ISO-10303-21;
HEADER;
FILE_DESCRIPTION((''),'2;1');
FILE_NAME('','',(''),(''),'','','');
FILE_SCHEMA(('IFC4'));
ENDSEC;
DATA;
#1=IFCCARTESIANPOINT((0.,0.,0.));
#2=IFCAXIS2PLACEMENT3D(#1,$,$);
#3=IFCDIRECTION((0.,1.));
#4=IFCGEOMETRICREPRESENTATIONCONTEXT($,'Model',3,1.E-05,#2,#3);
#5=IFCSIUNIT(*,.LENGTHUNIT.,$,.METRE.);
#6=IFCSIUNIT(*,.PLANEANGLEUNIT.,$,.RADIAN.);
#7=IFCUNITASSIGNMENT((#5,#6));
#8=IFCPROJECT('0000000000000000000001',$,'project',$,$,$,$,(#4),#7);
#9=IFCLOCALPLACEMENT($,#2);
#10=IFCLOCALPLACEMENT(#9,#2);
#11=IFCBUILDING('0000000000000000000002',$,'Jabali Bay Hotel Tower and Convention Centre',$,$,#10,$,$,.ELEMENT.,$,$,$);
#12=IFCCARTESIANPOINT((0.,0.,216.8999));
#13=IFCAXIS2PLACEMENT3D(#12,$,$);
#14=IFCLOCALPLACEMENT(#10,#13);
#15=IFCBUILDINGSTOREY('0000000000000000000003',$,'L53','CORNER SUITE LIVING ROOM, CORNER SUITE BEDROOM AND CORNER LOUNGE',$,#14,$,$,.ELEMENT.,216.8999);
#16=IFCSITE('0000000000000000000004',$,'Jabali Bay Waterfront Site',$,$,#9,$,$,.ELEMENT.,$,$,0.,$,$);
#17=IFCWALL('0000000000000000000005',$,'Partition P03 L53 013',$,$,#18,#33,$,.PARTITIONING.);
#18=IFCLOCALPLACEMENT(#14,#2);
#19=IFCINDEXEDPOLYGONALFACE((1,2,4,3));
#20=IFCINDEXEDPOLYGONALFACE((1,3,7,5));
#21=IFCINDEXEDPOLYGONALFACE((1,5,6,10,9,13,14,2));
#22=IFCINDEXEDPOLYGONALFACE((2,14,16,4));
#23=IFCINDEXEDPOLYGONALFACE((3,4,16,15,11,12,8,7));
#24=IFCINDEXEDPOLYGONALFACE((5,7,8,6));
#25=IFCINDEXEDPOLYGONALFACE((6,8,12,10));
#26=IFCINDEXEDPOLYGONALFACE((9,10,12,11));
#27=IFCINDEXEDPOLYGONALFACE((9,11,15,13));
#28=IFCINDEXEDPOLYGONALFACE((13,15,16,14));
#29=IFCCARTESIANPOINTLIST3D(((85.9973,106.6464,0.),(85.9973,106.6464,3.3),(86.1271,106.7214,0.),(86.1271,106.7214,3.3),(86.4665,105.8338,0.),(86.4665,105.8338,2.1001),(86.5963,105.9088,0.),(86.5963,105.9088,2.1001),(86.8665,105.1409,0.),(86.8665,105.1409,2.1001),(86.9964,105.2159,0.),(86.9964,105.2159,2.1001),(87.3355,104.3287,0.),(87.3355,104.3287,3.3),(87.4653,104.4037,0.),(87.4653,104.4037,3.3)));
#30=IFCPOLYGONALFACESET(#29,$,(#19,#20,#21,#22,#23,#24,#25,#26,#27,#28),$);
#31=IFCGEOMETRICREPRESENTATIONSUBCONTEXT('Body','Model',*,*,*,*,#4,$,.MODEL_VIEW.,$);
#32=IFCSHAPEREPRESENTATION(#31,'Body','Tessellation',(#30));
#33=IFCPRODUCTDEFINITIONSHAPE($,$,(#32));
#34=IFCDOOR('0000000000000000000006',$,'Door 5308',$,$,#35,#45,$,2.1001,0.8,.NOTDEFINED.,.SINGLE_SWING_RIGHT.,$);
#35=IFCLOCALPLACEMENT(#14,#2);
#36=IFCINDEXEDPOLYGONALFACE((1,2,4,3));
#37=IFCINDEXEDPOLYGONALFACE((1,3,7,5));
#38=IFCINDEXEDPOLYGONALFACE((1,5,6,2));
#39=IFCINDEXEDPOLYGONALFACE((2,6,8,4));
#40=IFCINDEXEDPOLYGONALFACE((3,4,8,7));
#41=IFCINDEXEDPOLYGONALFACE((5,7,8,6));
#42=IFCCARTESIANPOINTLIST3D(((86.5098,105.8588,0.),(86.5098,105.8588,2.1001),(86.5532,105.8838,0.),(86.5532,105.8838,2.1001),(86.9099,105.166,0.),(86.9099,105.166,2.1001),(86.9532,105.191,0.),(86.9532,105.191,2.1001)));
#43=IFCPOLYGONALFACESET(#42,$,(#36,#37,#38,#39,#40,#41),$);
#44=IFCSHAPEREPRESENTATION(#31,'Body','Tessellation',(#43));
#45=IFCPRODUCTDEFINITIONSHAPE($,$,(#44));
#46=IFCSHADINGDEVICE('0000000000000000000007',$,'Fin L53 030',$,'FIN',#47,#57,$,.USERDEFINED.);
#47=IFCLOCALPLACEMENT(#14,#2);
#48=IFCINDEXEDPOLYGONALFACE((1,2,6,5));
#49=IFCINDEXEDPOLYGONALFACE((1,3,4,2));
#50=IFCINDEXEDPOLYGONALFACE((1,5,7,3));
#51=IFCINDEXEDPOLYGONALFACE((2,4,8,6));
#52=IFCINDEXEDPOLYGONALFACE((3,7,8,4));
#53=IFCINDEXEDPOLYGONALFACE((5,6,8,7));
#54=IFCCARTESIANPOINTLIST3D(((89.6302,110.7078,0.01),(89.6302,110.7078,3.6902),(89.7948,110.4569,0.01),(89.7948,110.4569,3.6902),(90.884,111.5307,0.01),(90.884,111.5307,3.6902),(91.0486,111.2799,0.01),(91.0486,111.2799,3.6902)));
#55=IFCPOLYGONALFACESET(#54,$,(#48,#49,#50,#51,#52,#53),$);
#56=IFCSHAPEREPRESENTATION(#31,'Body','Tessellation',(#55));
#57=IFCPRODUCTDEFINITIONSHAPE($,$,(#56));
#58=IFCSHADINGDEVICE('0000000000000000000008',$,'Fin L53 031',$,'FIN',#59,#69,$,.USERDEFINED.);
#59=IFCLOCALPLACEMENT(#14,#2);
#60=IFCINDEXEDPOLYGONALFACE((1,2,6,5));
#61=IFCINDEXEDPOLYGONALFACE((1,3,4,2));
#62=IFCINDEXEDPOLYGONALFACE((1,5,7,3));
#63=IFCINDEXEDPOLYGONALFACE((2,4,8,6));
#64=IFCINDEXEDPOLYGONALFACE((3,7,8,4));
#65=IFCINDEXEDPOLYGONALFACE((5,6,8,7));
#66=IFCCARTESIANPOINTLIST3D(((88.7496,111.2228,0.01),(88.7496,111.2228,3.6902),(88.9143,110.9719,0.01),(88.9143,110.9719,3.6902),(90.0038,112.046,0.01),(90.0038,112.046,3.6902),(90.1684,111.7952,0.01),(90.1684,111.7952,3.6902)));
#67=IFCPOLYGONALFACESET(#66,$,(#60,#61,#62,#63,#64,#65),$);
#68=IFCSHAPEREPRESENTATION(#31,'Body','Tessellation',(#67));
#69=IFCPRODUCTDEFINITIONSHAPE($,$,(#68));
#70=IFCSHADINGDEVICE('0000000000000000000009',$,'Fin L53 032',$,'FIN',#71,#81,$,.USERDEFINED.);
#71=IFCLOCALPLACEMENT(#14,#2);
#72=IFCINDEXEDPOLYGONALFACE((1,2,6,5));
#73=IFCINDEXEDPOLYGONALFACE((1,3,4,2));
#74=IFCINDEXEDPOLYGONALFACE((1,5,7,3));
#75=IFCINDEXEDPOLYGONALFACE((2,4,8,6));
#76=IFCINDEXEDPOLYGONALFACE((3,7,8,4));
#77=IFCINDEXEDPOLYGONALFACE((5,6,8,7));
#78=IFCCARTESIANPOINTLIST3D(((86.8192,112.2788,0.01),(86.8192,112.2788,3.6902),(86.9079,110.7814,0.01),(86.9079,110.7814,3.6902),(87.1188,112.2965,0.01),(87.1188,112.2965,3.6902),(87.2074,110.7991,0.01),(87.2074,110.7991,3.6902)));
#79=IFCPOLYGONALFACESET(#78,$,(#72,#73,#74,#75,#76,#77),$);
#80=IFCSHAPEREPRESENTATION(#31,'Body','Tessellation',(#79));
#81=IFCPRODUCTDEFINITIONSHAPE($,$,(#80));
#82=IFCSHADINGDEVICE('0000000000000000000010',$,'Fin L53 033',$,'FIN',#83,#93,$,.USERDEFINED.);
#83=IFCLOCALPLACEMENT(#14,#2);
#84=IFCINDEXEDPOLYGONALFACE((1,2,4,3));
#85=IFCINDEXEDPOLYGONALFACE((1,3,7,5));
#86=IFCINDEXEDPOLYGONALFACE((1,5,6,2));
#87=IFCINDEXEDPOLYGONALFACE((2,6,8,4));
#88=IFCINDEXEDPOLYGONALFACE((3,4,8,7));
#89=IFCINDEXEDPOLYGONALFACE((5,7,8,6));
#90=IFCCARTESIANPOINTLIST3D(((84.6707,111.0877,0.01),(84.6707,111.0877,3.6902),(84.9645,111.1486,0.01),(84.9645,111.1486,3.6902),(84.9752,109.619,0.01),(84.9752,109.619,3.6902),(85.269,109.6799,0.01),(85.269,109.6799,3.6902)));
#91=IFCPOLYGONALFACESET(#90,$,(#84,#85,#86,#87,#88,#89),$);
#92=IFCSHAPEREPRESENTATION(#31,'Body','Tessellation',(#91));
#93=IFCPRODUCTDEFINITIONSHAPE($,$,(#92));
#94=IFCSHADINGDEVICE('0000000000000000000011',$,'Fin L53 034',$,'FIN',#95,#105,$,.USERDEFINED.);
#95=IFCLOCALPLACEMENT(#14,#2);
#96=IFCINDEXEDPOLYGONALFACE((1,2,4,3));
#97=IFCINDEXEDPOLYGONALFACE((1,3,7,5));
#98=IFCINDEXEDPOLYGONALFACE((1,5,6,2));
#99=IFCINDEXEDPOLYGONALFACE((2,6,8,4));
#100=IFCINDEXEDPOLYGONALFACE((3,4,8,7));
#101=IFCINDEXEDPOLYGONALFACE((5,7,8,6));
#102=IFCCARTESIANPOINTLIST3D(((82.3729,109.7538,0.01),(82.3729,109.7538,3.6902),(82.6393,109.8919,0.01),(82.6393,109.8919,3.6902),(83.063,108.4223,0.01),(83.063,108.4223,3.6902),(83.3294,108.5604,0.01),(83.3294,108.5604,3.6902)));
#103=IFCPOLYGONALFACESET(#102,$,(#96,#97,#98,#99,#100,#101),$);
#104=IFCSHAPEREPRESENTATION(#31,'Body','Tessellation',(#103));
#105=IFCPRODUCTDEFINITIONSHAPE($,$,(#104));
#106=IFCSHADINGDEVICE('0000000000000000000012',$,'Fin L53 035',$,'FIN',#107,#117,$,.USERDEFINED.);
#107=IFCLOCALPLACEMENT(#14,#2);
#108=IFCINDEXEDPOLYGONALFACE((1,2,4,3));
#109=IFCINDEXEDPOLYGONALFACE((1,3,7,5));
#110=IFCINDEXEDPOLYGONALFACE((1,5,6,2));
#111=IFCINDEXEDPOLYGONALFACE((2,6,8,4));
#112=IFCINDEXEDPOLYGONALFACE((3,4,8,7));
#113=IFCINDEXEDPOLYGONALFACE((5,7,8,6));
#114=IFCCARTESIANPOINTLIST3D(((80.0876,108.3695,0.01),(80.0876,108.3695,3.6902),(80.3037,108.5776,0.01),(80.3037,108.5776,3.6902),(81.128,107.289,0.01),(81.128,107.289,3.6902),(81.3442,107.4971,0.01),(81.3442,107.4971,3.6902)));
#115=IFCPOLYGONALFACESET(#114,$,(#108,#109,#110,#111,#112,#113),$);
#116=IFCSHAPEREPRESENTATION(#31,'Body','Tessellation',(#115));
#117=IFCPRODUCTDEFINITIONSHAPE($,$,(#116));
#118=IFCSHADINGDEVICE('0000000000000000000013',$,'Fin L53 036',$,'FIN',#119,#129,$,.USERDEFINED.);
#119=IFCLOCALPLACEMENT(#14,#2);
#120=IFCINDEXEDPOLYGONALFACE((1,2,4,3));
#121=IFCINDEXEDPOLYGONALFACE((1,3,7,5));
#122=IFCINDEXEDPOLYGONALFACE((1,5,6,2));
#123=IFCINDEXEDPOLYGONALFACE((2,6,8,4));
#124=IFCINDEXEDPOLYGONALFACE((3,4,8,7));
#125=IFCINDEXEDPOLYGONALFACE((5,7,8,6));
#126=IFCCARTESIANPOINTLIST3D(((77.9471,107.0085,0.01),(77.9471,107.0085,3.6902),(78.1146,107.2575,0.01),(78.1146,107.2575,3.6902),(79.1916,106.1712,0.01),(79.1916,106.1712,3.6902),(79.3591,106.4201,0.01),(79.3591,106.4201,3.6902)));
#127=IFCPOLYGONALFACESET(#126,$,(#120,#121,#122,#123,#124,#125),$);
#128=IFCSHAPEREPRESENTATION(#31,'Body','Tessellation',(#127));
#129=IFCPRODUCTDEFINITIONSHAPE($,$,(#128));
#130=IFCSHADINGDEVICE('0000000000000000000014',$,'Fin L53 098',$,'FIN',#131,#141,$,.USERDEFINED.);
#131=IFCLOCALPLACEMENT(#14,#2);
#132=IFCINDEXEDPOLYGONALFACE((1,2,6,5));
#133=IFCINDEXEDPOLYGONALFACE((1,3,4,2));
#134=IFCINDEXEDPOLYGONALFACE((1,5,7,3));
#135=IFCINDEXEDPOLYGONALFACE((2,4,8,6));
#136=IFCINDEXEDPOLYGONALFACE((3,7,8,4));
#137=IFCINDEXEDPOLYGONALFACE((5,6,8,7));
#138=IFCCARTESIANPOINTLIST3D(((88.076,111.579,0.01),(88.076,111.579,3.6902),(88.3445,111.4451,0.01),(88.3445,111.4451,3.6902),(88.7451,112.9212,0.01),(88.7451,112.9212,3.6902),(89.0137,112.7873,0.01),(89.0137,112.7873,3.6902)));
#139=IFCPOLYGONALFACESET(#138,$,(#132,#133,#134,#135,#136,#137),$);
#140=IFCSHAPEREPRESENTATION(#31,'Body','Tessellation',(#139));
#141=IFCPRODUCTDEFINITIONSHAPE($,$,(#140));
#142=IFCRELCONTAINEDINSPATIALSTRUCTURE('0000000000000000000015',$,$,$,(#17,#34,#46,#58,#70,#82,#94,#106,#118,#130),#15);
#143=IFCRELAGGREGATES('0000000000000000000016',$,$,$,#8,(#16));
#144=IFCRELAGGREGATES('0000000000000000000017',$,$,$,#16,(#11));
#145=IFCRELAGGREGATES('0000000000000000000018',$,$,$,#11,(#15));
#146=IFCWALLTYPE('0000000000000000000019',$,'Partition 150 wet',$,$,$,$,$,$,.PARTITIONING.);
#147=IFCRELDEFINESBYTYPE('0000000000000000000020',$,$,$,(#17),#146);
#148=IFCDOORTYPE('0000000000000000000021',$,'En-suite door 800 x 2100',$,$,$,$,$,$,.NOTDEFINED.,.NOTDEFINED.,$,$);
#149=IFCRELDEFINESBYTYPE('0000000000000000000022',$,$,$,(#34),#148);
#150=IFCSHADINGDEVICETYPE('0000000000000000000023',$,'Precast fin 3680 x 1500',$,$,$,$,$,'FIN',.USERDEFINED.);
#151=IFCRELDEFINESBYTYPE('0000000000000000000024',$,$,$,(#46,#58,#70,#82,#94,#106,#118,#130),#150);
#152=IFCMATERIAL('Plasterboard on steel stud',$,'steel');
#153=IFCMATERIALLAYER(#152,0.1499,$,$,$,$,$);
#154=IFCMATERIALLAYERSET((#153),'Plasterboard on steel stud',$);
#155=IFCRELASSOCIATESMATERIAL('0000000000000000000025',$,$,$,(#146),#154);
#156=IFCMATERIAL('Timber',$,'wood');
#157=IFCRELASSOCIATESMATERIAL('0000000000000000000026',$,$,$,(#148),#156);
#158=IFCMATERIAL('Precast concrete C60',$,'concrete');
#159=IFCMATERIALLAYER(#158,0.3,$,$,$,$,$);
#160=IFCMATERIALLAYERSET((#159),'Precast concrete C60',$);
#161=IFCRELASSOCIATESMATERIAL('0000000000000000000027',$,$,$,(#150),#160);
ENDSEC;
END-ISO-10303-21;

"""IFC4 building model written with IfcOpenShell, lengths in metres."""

from ifc_helpers import new_model, si_unit, direction, frame, frame_2d, origin, place, context, subcontext, project, spatial, rectangle, extrude, material, layer, layer_set, type_object, element, fill, save


model = new_model("IFC4")

# Units and contexts
model_context = context("Model", 3, precision=1e-05, world=origin(), true_north=direction((0.0, 1.0)))
body_context = subcontext(model_context, "Body", "Model", "MODEL_VIEW")
ifc_project = project(units=[si_unit("LENGTHUNIT", "METRE"), si_unit("PLANEANGLEUNIT", "RADIAN")], contexts=[model_context])

# Site, building, storey
site_placement = place(None, origin())
site = spatial("IfcSite", under=ifc_project, at=site_placement, Name="Jabali Bay Waterfront Site", CompositionType="ELEMENT", RefElevation=0.0)
building_placement = place(site_placement, origin())
building = spatial("IfcBuilding", under=site, at=building_placement, Name="Jabali Bay Hotel Tower and Convention Centre", CompositionType="ELEMENT")
storey_placement = place(building_placement, frame((0.0, 0.0, 216.8999)))
storey = spatial("IfcBuildingStorey", under=building, at=storey_placement, Name="L53", Description="CORNER SUITE LIVING ROOM, CORNER SUITE BEDROOM AND CORNER LOUNGE", CompositionType="ELEMENT", Elevation=216.8999)

# Shared definitions
ifc_material_1 = material(Name="Plasterboard on steel stud", Category="steel")
ifc_layer_1 = layer(ifc_material_1, 0.1499)
ifc_layer_set_1 = layer_set([ifc_layer_1], Name="Plasterboard on steel stud")
wall_type_1 = type_object("IfcWallType", Name="Partition 150 wet", PredefinedType="PARTITIONING", material=ifc_layer_set_1)

# Wall, opening, door
wall_1_placement = place(storey_placement, frame((87.4004, 104.3662, 0.0), z_axis=(0.0, 0.0, 1.0), x_axis=(-0.500015, 0.866017, 0.0)))
wall_1 = element("IfcWall", 1, at=wall_1_placement, inside=storey, type_object=wall_type_1, Name="Partition P03 L53 013", PredefinedType="PARTITIONING", context=body_context, shape_type="SweptSolid", body=[
    extrude(rectangle(XDim=2.6763, YDim=0.1499, at=frame_2d((1.3381, 0.0))), origin(), (0.0, 0.0, 1.0), 3.3),
])
opening_1_placement = place(wall_1_placement, frame((0.938, 0.0, 0.0)))
opening_1 = element("IfcOpeningElement", 2, at=opening_1_placement, cuts=wall_1, PredefinedType="OPENING", context=body_context, shape_type="SweptSolid", body=[
    extrude(rectangle(XDim=0.8, YDim=2.1001, at=frame_2d((0.3999, 1.05))), frame((0.0, 0.0854, 0.0), z_axis=(0.0, -1.0, 0.0), x_axis=(1.0, 0.0, 0.0)), (0.0, 0.0, 1.0), 0.1709),
])
ifc_material_2 = material(Name="Timber", Category="wood")
door_type = type_object("IfcDoorType", Name="En-suite door 800 x 2100", OperationType="NOTDEFINED", PredefinedType="NOTDEFINED", material=ifc_material_2)
door_placement = place(opening_1_placement, origin())
door = element("IfcDoor", 3, at=door_placement, inside=storey, type_object=door_type, Name="Door 5308", OperationType="SINGLE_SWING_RIGHT", OverallHeight=2.1001, OverallWidth=0.8, PredefinedType="NOTDEFINED", context=body_context, shape_type="SweptSolid", body=[
    extrude(rectangle(XDim=0.8, YDim=2.1001, at=frame_2d((0.3999, 1.05))), frame((0.0, 0.0249, 0.0), z_axis=(0.0, -1.0, 0.0), x_axis=(1.0, 0.0, 0.0)), (0.0, 0.0, 1.0), 0.05),
])
fill(opening_1, door)

# Shading devices
ifc_material_3 = material(Name="Precast concrete C60", Category="concrete")
ifc_layer_2 = layer(ifc_material_3, 0.3)
ifc_layer_set_2 = layer_set([ifc_layer_2], Name="Precast concrete C60")
shading_device_type = type_object("IfcShadingDeviceType", Name="Precast fin 3680 x 1500", ElementType="FIN", PredefinedType="USERDEFINED", material=ifc_layer_set_2)
shading_device_1_placement = place(storey_placement, frame((89.7124, 110.5823, 0.01), z_axis=(0.0, 0.0, 1.0), x_axis=(0.836011, 0.548713, 0.0)))
element("IfcShadingDevice", 4, at=shading_device_1_placement, inside=storey, type_object=shading_device_type, Name="Fin L53 030", ObjectType="FIN", PredefinedType="USERDEFINED", context=body_context, shape_type="SweptSolid", body=[
    extrude(rectangle(XDim=1.4998, YDim=0.3, at=frame_2d((0.75, 0.0))), origin(), (0.0, 0.0, 1.0), 3.6802),
])
shading_device_2_placement = place(storey_placement, frame((88.832, 111.0974, 0.01), z_axis=(0.0, 0.0, 1.0), x_axis=(0.835985, 0.548752, 0.0)))
element("IfcShadingDevice", 5, at=shading_device_2_placement, inside=storey, type_object=shading_device_type, Name="Fin L53 031", ObjectType="FIN", PredefinedType="USERDEFINED", context=body_context, shape_type="SweptSolid", body=[
    extrude(rectangle(XDim=1.5002, YDim=0.3, at=frame_2d((0.75, 0.0))), origin(), (0.0, 0.0, 1.0), 3.6802),
])
for number, where, z_axis, x_axis, name in (
    (6, (87.0576, 110.7903, 0.01), (0.0, 0.0, 1.0), (-0.059085, 0.998253, 0.0), "Fin L53 032"),
    (7, (85.1221, 109.6494, 0.01), (0.0, 0.0, 1.0), (-0.202966, 0.979186, 0.0), "Fin L53 033"),
):
    element("IfcShadingDevice", number, at=place(storey_placement, frame(where, z_axis=z_axis, x_axis=x_axis)), inside=storey, type_object=shading_device_type, Name=name, ObjectType="FIN", PredefinedType="USERDEFINED", context=body_context, shape_type="SweptSolid", body=[
        extrude(rectangle(XDim=1.5, YDim=0.3, at=frame_2d((0.75, 0.0))), origin(), (0.0, 0.0, 1.0), 3.6802),
    ])
shading_device_3_placement = place(storey_placement, frame((83.1963, 108.4912, 0.01), z_axis=(0.0, 0.0, 1.0), x_axis=(-0.460189, 0.887821, 0.0)))
element("IfcShadingDevice", 8, at=shading_device_3_placement, inside=storey, type_object=shading_device_type, Name="Fin L53 034", ObjectType="FIN", PredefinedType="USERDEFINED", context=body_context, shape_type="SweptSolid", body=[
    extrude(rectangle(XDim=1.4998, YDim=0.3, at=frame_2d((0.75, 0.0))), origin(), (0.0, 0.0, 1.0), 3.6802),
])
for number, where, z_axis, x_axis, name in (
    (9, (81.2361, 107.3931, 0.01), (0.0, 0.0, 1.0), (-0.693635, 0.720326, 0.0), "Fin L53 035"),
    (10, (79.2754, 106.2957, 0.01), (0.0, 0.0, 1.0), (-0.829689, 0.558226, 0.0), "Fin L53 036"),
):
    element("IfcShadingDevice", number, at=place(storey_placement, frame(where, z_axis=z_axis, x_axis=x_axis)), inside=storey, type_object=shading_device_type, Name=name, ObjectType="FIN", PredefinedType="USERDEFINED", context=body_context, shape_type="SweptSolid", body=[
        extrude(rectangle(XDim=1.5, YDim=0.3, at=frame_2d((0.75, 0.0))), origin(), (0.0, 0.0, 1.0), 3.6802),
    ])
shading_device_4_placement = place(storey_placement, frame((88.2102, 111.512, 0.01), z_axis=(0.0, 0.0, 1.0), x_axis=(0.446172, 0.894947, 0.0)))
element("IfcShadingDevice", 11, at=shading_device_4_placement, inside=storey, type_object=shading_device_type, Name="Fin L53 098", ObjectType="FIN", PredefinedType="USERDEFINED", context=body_context, shape_type="SweptSolid", body=[
    extrude(rectangle(XDim=1.4998, YDim=0.3, at=frame_2d((0.75, 0.0))), origin(), (0.0, 0.0, 1.0), 3.6802),
])

save(model, "model.ifc")
